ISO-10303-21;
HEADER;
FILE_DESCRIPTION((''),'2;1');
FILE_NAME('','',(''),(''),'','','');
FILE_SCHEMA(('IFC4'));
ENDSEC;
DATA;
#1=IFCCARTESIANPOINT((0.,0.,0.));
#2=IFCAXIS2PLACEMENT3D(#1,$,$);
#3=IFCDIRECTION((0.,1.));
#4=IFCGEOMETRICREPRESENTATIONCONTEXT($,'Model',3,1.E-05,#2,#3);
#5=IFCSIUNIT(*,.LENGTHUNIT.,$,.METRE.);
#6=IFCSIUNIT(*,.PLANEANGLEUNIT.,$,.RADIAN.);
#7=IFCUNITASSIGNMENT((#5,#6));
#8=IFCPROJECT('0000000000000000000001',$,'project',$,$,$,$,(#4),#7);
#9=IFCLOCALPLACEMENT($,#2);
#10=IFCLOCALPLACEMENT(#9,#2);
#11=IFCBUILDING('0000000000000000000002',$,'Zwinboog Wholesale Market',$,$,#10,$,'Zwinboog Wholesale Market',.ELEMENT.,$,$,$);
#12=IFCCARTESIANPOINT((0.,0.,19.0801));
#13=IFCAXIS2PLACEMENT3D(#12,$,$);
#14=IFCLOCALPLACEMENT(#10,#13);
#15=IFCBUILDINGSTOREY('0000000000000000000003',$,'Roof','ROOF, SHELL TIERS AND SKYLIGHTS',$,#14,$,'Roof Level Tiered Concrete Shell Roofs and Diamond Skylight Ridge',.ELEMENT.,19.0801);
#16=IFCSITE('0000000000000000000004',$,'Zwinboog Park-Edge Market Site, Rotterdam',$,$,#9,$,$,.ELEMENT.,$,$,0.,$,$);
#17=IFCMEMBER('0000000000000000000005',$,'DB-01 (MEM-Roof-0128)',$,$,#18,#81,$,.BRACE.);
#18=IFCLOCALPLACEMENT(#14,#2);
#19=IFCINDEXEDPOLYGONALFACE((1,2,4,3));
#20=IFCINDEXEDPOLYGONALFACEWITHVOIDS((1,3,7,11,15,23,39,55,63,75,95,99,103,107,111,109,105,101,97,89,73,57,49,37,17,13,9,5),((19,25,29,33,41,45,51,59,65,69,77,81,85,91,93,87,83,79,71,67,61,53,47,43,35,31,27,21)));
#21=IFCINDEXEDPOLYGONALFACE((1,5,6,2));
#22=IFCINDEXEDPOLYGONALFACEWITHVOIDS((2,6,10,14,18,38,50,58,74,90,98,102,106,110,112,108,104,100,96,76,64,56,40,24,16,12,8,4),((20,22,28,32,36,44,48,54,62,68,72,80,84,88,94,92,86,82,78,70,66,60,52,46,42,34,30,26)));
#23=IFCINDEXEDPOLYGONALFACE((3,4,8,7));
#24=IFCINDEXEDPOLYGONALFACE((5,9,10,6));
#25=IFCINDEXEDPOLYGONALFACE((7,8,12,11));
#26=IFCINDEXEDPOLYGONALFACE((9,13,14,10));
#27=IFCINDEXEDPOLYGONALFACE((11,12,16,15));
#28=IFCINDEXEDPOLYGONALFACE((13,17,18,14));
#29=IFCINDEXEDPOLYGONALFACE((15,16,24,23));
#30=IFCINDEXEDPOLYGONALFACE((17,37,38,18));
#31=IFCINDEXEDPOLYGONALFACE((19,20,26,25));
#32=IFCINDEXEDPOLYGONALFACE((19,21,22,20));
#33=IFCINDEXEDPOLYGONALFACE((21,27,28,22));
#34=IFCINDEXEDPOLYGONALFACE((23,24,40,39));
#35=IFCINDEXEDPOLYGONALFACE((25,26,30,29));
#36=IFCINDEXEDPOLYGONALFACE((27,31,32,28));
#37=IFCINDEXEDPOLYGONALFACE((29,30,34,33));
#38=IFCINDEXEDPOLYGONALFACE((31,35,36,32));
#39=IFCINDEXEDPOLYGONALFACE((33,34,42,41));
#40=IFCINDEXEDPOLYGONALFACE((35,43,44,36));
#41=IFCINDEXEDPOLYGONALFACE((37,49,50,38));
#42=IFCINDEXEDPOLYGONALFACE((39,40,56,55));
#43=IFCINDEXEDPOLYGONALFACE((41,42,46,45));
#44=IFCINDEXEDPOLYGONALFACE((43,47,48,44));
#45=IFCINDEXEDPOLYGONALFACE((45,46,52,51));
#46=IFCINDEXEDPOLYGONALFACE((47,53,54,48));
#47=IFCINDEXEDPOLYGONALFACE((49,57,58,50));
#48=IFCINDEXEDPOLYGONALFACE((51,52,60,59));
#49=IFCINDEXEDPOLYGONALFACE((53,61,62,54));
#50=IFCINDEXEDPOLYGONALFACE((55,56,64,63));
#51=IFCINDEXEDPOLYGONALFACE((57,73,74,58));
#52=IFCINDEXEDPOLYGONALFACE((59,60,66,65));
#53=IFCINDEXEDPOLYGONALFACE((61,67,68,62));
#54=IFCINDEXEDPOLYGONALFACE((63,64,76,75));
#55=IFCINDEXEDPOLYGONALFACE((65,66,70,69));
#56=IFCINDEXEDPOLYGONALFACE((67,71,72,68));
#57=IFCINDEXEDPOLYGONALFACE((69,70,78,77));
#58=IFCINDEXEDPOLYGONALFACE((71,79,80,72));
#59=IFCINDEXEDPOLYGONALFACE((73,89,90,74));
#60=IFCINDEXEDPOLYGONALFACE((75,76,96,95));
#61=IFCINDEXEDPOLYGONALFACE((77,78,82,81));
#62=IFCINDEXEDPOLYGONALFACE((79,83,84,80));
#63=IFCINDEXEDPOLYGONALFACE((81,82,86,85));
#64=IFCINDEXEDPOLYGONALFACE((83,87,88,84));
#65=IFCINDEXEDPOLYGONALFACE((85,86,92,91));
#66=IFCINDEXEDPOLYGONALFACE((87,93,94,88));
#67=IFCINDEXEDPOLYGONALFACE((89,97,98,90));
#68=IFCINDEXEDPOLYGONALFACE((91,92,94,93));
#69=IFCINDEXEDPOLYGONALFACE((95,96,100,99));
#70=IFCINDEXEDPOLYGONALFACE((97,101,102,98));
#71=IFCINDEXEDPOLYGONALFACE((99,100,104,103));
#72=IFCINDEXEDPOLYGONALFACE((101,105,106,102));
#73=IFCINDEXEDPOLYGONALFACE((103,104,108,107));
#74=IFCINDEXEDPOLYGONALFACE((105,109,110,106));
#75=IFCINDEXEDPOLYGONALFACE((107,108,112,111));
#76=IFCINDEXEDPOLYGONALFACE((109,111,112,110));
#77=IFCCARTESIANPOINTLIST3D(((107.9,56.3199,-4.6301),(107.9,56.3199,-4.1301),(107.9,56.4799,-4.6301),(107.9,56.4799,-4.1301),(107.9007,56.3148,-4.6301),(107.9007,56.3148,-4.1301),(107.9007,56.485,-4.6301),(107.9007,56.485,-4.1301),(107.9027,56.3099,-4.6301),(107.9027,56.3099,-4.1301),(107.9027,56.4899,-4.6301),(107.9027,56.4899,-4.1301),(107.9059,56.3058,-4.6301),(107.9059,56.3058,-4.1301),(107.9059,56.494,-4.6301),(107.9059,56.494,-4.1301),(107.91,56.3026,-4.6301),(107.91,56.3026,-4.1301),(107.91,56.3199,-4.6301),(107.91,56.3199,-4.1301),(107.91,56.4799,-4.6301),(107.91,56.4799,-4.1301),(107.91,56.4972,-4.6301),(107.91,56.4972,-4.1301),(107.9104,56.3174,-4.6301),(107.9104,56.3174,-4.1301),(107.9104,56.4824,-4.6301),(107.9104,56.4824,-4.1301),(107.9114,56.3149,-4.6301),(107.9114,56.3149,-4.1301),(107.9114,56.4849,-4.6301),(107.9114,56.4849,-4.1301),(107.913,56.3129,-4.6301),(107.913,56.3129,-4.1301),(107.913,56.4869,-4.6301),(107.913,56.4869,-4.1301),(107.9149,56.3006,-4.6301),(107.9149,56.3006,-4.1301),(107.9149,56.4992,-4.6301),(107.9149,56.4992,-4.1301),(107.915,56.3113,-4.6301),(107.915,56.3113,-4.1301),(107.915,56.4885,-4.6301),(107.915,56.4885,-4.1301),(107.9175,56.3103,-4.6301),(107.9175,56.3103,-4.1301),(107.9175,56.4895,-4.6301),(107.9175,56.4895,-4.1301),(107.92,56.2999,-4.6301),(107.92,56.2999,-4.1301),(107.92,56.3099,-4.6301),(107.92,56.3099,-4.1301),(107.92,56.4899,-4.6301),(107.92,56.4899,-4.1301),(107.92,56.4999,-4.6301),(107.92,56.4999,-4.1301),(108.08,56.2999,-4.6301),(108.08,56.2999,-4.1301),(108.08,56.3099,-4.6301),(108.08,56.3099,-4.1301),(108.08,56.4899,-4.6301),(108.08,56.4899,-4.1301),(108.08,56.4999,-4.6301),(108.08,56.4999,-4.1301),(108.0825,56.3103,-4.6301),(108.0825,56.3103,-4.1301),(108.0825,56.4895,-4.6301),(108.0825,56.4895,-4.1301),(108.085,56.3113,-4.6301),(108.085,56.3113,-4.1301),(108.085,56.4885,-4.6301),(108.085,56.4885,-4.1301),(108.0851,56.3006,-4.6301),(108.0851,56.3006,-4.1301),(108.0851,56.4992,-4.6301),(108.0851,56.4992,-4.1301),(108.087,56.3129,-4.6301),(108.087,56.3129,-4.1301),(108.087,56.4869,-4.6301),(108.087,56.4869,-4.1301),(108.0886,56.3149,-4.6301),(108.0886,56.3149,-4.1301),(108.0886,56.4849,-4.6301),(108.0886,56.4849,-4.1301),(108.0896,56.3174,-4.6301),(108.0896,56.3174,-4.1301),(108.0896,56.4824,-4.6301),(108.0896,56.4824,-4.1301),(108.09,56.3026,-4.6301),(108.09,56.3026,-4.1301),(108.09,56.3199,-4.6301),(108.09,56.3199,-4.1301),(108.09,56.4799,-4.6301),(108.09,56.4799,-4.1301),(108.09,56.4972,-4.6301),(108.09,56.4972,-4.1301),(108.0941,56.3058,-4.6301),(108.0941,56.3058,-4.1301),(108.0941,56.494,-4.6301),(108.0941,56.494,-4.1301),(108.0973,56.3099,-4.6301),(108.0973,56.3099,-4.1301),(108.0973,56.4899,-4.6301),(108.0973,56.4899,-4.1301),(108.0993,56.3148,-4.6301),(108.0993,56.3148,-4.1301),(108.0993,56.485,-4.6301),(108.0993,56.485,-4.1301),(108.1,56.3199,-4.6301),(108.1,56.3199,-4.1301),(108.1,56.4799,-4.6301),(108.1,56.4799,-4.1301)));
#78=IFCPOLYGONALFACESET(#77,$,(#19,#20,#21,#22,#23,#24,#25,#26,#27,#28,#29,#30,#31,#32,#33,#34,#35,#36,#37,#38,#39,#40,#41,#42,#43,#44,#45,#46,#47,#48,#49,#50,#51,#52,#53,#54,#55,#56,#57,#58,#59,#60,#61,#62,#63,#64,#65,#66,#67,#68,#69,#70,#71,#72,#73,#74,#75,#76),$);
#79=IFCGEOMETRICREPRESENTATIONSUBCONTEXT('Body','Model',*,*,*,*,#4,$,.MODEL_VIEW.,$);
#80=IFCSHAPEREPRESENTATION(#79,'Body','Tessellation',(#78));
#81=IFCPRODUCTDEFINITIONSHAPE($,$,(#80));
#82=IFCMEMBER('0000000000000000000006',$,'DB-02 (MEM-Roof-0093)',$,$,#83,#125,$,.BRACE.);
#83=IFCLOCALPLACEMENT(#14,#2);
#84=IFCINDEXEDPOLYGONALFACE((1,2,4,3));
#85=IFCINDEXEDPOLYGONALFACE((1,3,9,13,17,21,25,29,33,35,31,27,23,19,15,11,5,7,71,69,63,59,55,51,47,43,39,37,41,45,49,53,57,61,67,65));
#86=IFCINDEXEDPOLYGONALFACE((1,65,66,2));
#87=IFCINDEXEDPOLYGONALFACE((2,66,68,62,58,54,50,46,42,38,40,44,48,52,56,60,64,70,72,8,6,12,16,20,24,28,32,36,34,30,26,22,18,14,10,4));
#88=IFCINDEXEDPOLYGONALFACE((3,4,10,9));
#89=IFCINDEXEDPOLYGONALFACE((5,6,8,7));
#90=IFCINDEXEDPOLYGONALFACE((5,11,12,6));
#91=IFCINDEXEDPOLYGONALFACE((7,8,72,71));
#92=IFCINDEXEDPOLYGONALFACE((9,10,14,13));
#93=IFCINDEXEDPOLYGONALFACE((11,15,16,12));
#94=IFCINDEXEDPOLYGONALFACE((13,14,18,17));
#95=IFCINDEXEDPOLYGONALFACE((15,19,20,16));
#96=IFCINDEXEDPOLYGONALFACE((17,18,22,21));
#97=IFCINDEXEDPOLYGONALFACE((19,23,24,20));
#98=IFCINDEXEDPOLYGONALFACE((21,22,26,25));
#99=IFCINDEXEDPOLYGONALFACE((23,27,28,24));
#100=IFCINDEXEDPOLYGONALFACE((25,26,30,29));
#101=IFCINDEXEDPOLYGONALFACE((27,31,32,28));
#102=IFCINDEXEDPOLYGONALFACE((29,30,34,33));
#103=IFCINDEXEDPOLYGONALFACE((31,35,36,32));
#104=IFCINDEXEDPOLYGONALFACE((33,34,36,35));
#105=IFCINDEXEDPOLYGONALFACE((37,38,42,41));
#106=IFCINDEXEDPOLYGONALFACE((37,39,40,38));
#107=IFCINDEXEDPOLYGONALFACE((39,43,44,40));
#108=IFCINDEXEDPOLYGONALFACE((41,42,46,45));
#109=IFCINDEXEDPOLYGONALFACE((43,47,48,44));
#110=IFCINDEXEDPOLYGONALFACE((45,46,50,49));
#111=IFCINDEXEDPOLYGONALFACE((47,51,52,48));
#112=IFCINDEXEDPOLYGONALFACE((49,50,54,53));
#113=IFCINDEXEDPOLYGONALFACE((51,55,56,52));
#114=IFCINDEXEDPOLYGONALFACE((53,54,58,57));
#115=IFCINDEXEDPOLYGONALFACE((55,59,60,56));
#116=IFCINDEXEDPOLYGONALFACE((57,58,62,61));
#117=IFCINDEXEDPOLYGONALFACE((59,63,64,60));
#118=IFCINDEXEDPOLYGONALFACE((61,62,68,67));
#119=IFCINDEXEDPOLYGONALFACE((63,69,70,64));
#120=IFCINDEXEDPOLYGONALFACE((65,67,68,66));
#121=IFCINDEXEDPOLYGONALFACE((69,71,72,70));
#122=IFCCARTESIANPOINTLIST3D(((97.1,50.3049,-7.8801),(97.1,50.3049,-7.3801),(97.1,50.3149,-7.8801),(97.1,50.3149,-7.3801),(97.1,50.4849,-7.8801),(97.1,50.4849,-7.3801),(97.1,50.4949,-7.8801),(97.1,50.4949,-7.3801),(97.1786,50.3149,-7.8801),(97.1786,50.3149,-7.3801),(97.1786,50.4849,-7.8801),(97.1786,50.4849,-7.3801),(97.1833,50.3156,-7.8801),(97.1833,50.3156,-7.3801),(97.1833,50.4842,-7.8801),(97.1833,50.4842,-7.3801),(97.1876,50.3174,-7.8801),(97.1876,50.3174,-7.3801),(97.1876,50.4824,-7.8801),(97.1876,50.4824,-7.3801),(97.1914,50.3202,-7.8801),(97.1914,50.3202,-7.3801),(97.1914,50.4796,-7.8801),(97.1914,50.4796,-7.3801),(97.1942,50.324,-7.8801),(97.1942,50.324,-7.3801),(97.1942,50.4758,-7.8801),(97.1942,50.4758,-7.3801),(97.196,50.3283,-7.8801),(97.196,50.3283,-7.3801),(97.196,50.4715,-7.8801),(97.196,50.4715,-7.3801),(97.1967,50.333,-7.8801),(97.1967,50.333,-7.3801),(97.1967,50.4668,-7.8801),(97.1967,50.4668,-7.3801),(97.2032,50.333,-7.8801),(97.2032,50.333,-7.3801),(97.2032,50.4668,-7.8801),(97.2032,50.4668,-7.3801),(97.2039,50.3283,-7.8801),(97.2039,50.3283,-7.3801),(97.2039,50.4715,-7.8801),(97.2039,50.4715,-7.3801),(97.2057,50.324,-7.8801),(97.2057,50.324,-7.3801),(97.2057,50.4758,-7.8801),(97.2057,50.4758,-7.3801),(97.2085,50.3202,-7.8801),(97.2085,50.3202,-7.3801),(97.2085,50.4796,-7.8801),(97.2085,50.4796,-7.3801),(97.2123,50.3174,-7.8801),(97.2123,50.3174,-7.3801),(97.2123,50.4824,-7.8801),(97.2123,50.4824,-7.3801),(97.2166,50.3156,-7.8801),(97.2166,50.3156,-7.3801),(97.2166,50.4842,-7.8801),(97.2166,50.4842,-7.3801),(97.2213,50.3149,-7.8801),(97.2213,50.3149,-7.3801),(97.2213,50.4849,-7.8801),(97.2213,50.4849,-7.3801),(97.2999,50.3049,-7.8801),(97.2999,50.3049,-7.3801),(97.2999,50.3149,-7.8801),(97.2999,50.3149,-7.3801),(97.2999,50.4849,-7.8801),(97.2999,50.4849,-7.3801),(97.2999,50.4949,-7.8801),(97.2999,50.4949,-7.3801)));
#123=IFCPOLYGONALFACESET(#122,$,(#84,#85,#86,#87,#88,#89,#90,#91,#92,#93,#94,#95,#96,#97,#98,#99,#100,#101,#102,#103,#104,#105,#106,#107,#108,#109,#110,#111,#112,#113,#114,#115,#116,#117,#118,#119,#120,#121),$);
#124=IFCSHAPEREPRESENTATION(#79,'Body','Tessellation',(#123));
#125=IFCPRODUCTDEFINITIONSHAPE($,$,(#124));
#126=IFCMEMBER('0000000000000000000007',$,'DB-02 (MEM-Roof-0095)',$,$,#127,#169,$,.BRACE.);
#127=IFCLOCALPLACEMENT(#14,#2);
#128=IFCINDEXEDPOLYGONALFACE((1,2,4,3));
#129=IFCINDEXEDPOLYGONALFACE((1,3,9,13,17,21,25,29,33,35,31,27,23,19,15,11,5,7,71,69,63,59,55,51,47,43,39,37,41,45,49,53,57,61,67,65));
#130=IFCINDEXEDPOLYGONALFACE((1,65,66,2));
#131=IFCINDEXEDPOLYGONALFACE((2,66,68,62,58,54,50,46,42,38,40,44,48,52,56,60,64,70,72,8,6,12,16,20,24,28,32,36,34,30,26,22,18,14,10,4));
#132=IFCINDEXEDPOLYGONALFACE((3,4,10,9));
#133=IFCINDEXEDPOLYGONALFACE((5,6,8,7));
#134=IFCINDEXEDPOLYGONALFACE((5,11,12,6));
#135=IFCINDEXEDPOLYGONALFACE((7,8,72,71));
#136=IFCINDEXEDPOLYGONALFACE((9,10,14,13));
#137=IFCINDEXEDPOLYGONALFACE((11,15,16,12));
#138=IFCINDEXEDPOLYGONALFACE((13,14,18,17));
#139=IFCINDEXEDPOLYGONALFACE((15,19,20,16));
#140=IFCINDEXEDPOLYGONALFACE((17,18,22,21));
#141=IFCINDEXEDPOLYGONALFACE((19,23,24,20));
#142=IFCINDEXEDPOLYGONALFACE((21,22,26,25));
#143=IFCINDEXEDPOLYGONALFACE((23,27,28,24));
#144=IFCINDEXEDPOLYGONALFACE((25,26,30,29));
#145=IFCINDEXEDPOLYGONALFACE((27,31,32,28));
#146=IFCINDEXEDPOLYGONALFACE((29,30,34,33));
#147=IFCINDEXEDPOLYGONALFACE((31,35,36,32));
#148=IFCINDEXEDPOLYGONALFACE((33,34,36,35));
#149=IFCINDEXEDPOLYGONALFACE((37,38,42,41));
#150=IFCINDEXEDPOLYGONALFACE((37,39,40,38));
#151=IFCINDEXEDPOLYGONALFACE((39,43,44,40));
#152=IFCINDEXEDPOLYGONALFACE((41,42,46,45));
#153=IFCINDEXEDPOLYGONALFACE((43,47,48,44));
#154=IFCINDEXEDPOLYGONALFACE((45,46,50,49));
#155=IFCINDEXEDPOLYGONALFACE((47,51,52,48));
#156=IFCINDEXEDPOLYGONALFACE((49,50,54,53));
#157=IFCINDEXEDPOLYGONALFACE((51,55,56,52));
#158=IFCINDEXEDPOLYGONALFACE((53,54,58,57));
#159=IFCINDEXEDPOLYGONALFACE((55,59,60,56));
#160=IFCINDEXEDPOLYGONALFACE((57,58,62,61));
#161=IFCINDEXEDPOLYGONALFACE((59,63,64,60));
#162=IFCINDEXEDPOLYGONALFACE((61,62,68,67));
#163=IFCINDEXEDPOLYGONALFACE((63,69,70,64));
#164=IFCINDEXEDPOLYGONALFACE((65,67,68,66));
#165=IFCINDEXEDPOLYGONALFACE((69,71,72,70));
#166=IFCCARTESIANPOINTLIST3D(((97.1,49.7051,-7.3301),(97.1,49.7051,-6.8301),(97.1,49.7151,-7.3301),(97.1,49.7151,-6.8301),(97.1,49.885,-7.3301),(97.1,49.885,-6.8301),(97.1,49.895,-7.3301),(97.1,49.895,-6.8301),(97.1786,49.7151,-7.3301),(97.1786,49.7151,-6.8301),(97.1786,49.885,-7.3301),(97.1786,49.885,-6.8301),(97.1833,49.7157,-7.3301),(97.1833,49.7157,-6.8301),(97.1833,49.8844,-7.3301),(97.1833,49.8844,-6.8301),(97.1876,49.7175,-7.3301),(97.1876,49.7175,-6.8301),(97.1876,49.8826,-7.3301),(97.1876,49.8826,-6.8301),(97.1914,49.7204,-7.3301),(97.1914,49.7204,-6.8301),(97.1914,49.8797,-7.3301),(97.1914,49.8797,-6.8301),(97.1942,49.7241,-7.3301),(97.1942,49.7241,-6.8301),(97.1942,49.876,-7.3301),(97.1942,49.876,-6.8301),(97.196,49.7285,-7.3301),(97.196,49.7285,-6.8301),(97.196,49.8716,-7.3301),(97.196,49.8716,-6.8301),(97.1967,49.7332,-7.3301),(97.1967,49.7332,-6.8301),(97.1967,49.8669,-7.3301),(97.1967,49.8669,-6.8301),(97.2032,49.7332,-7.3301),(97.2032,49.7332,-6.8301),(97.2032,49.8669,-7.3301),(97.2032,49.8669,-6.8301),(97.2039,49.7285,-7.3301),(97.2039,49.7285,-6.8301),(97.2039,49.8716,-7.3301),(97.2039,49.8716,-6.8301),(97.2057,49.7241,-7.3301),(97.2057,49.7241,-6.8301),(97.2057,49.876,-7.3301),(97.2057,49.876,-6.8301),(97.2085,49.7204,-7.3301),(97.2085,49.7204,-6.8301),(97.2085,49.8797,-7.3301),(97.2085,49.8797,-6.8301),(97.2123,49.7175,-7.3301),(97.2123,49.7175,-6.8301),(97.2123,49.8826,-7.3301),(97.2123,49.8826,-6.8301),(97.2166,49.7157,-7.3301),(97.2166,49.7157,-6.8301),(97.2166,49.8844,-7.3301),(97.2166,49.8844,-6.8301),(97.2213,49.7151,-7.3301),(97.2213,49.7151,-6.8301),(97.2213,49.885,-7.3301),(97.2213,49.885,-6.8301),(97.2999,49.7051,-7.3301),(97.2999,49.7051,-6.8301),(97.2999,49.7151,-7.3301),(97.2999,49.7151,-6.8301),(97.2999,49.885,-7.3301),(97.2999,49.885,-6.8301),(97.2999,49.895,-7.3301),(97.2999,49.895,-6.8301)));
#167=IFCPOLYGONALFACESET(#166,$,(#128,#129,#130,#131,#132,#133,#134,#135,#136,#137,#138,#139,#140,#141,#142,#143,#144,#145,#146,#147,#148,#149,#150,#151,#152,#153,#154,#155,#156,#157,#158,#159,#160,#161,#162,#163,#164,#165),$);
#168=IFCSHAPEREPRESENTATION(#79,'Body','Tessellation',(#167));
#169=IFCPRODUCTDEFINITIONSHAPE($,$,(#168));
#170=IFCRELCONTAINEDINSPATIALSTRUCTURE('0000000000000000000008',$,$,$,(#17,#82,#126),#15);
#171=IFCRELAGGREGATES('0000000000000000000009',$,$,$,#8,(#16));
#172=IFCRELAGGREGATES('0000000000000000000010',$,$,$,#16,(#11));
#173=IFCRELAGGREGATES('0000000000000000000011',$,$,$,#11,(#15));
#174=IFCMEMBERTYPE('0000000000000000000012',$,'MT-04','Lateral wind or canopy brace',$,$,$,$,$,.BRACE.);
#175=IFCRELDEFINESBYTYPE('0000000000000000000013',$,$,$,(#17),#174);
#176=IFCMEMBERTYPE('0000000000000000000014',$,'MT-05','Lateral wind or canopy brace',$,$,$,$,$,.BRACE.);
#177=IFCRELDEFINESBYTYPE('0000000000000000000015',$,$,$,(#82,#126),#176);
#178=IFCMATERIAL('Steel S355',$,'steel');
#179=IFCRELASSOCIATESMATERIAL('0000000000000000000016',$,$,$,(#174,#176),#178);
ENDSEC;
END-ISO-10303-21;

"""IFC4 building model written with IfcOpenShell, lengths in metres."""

from ifc_helpers import new_model, si_unit, direction, frame, origin, origin_2d, place, context, subcontext, project, spatial, hollow_rectangle, i_section, extrude, material, material_profile, profile_set, type_object, element, save


model = new_model("IFC4")

# Units and contexts
model_context = context("Model", 3, precision=1e-05, world=origin(), true_north=direction((0.0, 1.0)))
body_context = subcontext(model_context, "Body", "Model", "MODEL_VIEW")
ifc_project = project(units=[si_unit("LENGTHUNIT", "METRE"), si_unit("PLANEANGLEUNIT", "RADIAN")], contexts=[model_context])

# Site, building, storey
site_placement = place(None, origin())
site = spatial("IfcSite", under=ifc_project, at=site_placement, Name="Zwinboog Park-Edge Market Site, Rotterdam", CompositionType="ELEMENT", RefElevation=0.0)
building_placement = place(site_placement, origin())
building = spatial("IfcBuilding", under=site, at=building_placement, Name="Zwinboog Wholesale Market", LongName="Zwinboog Wholesale Market", CompositionType="ELEMENT")
storey_placement = place(building_placement, frame((0.0, 0.0, 19.0801)))
storey = spatial("IfcBuildingStorey", under=building, at=storey_placement, Name="Roof", Description="ROOF, SHELL TIERS AND SKYLIGHTS", LongName="Roof Level Tiered Concrete Shell Roofs and Diamond Skylight Ridge", CompositionType="ELEMENT", Elevation=19.0801)

# Members
ifc_material_1 = material(Name="Steel S355", Category="steel")
ifc_material_profile_1 = material_profile(ifc_material_1, hollow_rectangle(XDim=0.2, YDim=0.2, WallThickness=0.01, InnerFilletRadius=0.01, OuterFilletRadius=0.02, at=origin_2d()), Name="SHS 200x200x10")
ifc_profile_set_1 = profile_set([ifc_material_profile_1], Name="Steel S355")
member_type_1 = type_object("IfcMemberType", Name="MT-04", Description="Lateral wind or canopy brace", PredefinedType="BRACE", material=ifc_profile_set_1)
for number, where, z_axis, x_axis, name in (
    (1, (108.0, 56.3999, -4.6301), (0.0, 0.0, 1.0), (1.0, 0.0, 0.0), "DB-01 (MEM-Roof-0128)"),
):
    element("IfcMember", number, at=place(storey_placement, frame(where, z_axis=z_axis, x_axis=x_axis)), inside=storey, type_object=member_type_1, Name=name, PredefinedType="BRACE", context=body_context, shape_type="SweptSolid", body=[
        extrude(hollow_rectangle(XDim=0.2, YDim=0.2, WallThickness=0.01, InnerFilletRadius=0.01, OuterFilletRadius=0.02, at=origin_2d()), origin(), (0.0, 0.0, 1.0), 0.5),
    ])
ifc_material_profile_2 = material_profile(ifc_material_1, i_section(OverallWidth=0.2, OverallDepth=0.1899, WebThickness=0.0066, FlangeThickness=0.01, FilletRadius=0.0181, at=origin_2d()), Name="HEA 200")
ifc_profile_set_2 = profile_set([ifc_material_profile_2], Name="Steel S355")
member_type_2 = type_object("IfcMemberType", Name="MT-05", Description="Lateral wind or canopy brace", PredefinedType="BRACE", material=ifc_profile_set_2)
for number, where, z_axis, x_axis, name in (
    (2, (97.2, 50.3999, -7.8801), (0.0, 0.0, 1.0), (1.0, 0.0, 0.0), "DB-02 (MEM-Roof-0093)"),
    (3, (97.2, 49.8, -7.3301), (0.0, 0.0, 1.0), (1.0, 0.0, 0.0), "DB-02 (MEM-Roof-0095)"),
):
    element("IfcMember", number, at=place(storey_placement, frame(where, z_axis=z_axis, x_axis=x_axis)), inside=storey, type_object=member_type_2, Name=name, PredefinedType="BRACE", context=body_context, shape_type="SweptSolid", body=[
        extrude(i_section(OverallWidth=0.2, OverallDepth=0.1899, WebThickness=0.0066, FlangeThickness=0.01, FilletRadius=0.0181, at=origin_2d()), origin(), (0.0, 0.0, 1.0), 0.5),
    ])

save(model, "model.ifc")
